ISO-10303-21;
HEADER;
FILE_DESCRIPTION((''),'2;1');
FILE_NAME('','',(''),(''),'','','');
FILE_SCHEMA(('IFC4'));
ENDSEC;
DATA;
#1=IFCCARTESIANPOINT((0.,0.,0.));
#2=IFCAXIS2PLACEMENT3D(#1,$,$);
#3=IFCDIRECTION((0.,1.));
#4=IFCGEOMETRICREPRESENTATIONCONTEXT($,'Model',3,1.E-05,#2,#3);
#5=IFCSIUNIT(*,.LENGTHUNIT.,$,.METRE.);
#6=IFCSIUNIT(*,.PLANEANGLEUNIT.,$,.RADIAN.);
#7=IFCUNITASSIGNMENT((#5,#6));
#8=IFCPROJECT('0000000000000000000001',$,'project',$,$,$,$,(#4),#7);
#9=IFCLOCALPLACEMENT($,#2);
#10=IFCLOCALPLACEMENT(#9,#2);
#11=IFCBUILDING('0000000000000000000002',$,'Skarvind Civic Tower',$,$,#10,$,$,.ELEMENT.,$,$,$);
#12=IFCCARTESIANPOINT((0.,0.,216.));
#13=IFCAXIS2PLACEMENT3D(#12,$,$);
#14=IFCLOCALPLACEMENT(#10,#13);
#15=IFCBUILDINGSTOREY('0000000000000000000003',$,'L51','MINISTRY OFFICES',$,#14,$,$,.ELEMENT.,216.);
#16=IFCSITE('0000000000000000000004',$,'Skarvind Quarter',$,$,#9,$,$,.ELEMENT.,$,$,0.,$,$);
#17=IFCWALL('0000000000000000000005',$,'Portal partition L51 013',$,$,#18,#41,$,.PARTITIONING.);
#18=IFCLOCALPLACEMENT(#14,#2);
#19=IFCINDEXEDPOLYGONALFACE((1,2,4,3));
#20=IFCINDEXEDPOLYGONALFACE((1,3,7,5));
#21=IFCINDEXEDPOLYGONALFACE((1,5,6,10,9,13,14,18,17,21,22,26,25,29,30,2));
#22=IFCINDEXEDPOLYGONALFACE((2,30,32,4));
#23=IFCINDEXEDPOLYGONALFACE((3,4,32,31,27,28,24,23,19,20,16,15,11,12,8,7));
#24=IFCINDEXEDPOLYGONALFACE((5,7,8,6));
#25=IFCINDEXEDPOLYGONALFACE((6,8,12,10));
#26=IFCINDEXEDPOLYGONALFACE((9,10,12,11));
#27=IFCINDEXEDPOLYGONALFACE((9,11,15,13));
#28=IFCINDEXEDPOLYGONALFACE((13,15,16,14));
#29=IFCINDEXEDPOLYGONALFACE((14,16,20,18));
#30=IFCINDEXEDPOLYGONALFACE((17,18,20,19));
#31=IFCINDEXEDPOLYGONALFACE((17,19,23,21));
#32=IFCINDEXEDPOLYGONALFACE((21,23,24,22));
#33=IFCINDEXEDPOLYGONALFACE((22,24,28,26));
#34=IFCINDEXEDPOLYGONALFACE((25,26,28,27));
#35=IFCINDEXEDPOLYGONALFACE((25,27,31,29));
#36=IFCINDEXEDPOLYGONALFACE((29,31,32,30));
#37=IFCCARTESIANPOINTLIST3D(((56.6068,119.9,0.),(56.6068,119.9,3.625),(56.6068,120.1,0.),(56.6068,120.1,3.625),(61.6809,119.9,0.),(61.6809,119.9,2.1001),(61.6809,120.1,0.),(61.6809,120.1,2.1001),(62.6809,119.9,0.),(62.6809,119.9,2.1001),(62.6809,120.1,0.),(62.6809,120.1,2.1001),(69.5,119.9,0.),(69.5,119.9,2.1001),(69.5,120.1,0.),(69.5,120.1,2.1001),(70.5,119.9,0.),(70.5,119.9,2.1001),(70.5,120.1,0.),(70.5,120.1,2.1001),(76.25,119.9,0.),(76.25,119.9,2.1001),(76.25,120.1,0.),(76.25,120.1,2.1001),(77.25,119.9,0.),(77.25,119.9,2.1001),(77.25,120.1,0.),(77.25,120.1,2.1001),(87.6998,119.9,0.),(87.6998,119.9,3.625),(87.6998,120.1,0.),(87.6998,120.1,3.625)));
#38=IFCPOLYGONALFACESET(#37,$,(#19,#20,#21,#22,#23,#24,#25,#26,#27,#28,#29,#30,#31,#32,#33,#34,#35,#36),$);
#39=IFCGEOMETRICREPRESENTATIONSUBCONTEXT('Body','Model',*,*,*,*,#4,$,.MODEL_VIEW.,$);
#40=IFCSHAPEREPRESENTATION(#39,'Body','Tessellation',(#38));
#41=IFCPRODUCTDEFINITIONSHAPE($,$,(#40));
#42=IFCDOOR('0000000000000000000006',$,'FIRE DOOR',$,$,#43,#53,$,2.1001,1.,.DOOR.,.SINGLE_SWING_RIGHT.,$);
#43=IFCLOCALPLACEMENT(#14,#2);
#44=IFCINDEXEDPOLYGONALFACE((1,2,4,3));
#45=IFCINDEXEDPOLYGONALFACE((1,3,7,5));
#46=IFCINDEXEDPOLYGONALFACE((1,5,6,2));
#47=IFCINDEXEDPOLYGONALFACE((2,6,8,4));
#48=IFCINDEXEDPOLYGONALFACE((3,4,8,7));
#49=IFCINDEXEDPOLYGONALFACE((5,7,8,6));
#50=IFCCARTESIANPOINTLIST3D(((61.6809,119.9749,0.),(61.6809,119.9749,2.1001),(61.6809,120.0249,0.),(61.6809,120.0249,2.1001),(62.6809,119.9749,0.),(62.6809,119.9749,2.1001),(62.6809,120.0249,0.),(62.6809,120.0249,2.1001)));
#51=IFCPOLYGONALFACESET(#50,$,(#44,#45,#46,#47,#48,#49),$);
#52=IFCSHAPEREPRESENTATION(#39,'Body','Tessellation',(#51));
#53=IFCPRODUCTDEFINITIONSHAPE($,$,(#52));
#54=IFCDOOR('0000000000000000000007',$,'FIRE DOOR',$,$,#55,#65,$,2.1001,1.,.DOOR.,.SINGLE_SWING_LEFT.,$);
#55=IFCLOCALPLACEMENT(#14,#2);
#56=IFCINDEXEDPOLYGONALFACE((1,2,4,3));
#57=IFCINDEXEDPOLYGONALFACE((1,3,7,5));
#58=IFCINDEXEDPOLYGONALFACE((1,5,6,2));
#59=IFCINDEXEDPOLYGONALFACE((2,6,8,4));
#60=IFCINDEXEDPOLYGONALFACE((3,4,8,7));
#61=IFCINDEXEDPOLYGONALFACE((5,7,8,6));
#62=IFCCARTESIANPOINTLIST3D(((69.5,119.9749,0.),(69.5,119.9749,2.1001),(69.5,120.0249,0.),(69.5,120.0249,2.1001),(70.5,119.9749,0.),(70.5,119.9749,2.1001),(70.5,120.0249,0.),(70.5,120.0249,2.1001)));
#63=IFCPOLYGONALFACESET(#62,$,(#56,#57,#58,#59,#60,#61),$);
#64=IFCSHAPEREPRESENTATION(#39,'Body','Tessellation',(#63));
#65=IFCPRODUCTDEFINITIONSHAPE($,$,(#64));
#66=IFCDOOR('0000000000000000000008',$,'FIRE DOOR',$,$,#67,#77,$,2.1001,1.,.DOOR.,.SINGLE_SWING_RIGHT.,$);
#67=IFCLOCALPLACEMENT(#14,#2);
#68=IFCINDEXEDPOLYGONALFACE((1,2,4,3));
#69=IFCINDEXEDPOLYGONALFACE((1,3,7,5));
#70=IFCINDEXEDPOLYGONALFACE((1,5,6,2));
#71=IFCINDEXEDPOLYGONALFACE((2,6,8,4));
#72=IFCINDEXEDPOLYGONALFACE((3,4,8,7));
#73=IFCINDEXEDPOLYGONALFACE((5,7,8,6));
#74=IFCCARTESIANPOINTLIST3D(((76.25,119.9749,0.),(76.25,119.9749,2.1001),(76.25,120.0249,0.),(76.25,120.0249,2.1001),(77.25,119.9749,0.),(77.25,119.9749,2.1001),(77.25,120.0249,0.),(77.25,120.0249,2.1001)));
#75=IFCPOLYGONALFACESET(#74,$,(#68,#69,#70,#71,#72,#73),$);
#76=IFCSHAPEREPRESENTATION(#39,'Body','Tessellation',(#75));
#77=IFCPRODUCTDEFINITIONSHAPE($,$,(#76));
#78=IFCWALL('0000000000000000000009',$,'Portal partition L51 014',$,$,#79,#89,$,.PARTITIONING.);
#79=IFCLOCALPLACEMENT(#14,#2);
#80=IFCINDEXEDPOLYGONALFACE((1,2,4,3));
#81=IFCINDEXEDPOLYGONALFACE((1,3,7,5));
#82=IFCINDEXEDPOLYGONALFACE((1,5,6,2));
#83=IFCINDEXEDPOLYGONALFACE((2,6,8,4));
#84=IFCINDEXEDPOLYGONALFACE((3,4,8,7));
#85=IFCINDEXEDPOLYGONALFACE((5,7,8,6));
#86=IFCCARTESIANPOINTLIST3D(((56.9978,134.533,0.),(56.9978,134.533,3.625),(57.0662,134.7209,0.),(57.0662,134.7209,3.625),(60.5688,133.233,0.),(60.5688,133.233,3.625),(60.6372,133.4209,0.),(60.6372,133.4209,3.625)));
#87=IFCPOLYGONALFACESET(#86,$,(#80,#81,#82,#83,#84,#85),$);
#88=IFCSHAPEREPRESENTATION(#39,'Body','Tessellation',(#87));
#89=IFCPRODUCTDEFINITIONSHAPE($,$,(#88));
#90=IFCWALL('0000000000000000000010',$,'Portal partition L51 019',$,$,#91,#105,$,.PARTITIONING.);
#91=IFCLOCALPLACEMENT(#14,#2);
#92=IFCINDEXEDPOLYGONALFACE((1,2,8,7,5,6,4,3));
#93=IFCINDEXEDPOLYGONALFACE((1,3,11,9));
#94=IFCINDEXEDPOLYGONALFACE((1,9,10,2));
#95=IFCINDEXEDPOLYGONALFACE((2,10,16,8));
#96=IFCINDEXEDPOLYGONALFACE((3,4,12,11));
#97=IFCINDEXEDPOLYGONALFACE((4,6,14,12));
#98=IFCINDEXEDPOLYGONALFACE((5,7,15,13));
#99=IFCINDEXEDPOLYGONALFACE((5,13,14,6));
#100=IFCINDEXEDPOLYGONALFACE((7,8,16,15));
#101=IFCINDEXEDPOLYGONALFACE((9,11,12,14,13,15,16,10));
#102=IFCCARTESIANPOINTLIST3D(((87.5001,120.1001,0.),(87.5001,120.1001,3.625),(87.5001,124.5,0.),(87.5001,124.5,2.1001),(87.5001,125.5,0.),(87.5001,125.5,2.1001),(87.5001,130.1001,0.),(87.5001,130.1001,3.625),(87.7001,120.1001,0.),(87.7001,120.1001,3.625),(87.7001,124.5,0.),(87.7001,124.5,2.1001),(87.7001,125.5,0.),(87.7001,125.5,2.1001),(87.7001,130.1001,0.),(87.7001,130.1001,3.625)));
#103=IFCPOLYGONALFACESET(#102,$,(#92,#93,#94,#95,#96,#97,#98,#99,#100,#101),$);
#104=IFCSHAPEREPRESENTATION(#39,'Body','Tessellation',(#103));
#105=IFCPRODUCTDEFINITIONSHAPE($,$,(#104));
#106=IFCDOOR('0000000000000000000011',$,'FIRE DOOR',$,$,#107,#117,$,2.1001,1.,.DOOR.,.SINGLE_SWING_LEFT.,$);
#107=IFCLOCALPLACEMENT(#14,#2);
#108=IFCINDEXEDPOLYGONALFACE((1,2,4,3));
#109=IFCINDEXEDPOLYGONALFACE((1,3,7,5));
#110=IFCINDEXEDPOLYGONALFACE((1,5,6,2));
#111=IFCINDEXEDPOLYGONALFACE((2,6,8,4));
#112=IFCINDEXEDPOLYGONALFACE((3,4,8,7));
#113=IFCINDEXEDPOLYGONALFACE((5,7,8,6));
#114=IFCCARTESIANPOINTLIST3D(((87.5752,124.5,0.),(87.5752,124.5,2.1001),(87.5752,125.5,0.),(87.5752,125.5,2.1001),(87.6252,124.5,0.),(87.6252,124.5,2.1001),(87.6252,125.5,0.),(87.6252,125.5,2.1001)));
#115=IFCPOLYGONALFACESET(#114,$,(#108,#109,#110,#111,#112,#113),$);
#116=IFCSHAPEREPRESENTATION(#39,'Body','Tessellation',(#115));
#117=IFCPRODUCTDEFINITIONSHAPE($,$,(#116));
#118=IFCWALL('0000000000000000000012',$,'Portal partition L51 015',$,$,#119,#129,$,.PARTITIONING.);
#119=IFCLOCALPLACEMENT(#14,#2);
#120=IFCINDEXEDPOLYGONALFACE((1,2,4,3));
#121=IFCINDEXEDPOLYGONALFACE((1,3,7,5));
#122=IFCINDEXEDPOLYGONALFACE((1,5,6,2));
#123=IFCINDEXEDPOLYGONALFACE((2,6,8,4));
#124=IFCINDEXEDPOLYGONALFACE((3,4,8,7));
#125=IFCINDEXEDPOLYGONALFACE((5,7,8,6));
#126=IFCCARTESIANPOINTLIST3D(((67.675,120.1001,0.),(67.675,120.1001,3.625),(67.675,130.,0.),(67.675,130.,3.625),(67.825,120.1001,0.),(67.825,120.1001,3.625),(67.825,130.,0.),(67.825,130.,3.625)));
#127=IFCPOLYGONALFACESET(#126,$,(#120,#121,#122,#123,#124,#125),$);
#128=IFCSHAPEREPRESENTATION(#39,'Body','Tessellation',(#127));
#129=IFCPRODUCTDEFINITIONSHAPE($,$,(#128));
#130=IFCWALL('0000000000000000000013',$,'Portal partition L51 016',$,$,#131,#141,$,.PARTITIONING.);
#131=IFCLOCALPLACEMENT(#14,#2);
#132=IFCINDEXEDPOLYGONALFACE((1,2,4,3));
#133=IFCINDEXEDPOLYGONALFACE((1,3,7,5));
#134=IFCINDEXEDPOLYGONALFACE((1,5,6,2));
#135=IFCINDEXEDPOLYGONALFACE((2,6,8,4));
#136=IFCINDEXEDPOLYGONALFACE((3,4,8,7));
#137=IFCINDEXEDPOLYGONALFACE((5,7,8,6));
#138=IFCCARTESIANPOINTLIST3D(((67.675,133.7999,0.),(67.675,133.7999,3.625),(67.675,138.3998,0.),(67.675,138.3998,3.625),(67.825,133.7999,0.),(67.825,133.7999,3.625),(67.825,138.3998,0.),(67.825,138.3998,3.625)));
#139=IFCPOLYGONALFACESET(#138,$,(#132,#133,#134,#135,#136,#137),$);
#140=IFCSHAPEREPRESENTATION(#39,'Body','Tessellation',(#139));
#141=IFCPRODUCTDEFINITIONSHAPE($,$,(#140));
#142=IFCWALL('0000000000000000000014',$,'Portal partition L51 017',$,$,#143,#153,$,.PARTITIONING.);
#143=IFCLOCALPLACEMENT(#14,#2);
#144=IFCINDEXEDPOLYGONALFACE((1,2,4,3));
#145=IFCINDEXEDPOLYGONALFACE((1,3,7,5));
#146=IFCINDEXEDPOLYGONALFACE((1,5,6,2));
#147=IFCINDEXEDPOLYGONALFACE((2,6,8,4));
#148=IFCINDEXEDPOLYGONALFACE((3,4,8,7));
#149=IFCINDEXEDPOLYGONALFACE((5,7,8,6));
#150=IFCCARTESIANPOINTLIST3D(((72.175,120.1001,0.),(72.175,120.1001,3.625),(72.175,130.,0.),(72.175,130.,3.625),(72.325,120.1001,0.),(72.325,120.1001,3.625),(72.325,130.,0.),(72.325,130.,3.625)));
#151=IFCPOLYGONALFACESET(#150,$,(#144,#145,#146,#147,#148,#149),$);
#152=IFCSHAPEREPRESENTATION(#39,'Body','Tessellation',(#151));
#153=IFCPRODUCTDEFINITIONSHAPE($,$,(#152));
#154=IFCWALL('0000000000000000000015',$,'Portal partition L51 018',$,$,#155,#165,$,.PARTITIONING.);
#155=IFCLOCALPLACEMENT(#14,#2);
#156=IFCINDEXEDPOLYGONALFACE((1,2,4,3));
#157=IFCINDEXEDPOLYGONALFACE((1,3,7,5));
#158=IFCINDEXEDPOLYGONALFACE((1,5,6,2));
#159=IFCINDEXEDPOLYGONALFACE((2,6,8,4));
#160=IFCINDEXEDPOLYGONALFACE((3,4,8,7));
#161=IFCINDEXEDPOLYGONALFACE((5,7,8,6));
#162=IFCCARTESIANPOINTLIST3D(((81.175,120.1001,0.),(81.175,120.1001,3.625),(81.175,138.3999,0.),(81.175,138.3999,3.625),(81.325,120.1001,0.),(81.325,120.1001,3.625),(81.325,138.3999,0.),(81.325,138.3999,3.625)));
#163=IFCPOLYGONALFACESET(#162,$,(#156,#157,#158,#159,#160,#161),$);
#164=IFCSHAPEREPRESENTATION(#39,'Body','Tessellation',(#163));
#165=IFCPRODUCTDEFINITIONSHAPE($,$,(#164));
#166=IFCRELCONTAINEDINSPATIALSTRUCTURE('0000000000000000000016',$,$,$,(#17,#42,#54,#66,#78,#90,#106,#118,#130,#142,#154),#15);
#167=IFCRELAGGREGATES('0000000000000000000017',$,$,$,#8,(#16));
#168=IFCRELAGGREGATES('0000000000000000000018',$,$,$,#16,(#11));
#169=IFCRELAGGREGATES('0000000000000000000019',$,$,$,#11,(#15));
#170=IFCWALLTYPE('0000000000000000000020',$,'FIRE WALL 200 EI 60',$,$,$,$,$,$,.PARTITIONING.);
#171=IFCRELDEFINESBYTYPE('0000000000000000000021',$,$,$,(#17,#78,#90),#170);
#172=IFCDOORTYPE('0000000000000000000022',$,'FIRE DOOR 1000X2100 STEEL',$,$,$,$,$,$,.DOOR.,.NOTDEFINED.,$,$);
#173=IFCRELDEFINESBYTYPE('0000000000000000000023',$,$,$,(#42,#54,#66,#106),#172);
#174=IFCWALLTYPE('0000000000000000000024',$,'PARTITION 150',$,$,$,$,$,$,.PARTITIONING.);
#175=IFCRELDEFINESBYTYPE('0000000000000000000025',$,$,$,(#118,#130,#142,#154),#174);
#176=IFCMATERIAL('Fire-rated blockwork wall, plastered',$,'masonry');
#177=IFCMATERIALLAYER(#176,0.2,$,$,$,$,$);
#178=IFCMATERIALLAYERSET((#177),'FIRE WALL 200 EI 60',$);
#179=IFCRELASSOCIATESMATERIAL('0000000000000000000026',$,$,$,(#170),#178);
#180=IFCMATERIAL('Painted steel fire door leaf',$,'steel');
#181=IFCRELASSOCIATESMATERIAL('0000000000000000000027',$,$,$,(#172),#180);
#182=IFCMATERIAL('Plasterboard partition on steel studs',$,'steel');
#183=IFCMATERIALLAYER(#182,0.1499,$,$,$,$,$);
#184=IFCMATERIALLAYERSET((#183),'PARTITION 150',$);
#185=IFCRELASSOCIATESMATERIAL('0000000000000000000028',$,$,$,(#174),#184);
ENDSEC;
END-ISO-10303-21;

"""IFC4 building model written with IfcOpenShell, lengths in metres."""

from ifc_helpers import new_model, si_unit, direction, frame, frame_2d, origin, place, context, subcontext, project, spatial, rectangle, extrude, material, layer, layer_set, type_object, element, fill, save


model = new_model("IFC4")

# Units and contexts
model_context = context("Model", 3, precision=1e-05, world=origin(), true_north=direction((0.0, 1.0)))
body_context = subcontext(model_context, "Body", "Model", "MODEL_VIEW")
ifc_project = project(units=[si_unit("LENGTHUNIT", "METRE"), si_unit("PLANEANGLEUNIT", "RADIAN")], contexts=[model_context])

# Site, building, storey
site_placement = place(None, origin())
site = spatial("IfcSite", under=ifc_project, at=site_placement, Name="Skarvind Quarter", CompositionType="ELEMENT", RefElevation=0.0)
building_placement = place(site_placement, origin())
building = spatial("IfcBuilding", under=site, at=building_placement, Name="Skarvind Civic Tower", CompositionType="ELEMENT")
storey_placement = place(building_placement, frame((0.0, 0.0, 216.0)))
storey = spatial("IfcBuildingStorey", under=building, at=storey_placement, Name="L51", Description="MINISTRY OFFICES", CompositionType="ELEMENT", Elevation=216.0)

# Wall, openings, doors
ifc_material_1 = material(Name="Fire-rated blockwork wall, plastered", Category="masonry")
ifc_layer_1 = layer(ifc_material_1, 0.2)
ifc_layer_set_1 = layer_set([ifc_layer_1], Name="FIRE WALL 200 EI 60")
wall_type_1 = type_object("IfcWallType", Name="FIRE WALL 200 EI 60", PredefinedType="PARTITIONING", material=ifc_layer_set_1)
wall_1_placement = place(storey_placement, frame((56.6069, 120.0, 0.0), z_axis=(0.0, 0.0, 1.0), x_axis=(1.0, 0.0, 0.0)))
wall_1 = element("IfcWall", 1, at=wall_1_placement, inside=storey, type_object=wall_type_1, Name="Portal partition L51 013", PredefinedType="PARTITIONING", context=body_context, shape_type="SweptSolid", body=[
    extrude(rectangle(XDim=31.093, YDim=0.2, at=frame_2d((15.5464, 0.0))), origin(), (0.0, 0.0, 1.0), 3.625),
])
opening_1_placement = place(wall_1_placement, frame((5.074, 0.0, 0.0)))
opening_1 = element("IfcOpeningElement", 2, at=opening_1_placement, cuts=wall_1, PredefinedType="OPENING", context=body_context, shape_type="SweptSolid", body=[
    extrude(rectangle(XDim=1.0, YDim=2.1001, at=frame_2d((0.5, 1.05))), frame((0.0, 0.1099, 0.0), z_axis=(0.0, -1.0, 0.0), x_axis=(1.0, 0.0, 0.0)), (0.0, 0.0, 1.0), 0.22),
])
opening_2_placement = place(wall_1_placement, frame((12.8931, 0.0, 0.0)))
opening_2 = element("IfcOpeningElement", 3, at=opening_2_placement, cuts=wall_1, PredefinedType="OPENING", context=body_context, shape_type="SweptSolid", body=[
    extrude(rectangle(XDim=1.0, YDim=2.1001, at=frame_2d((0.5, 1.05))), frame((0.0, 0.1099, 0.0), z_axis=(0.0, -1.0, 0.0), x_axis=(1.0, 0.0, 0.0)), (0.0, 0.0, 1.0), 0.22),
])
opening_3_placement = place(wall_1_placement, frame((19.6431, 0.0, 0.0)))
opening_3 = element("IfcOpeningElement", 4, at=opening_3_placement, cuts=wall_1, PredefinedType="OPENING", context=body_context, shape_type="SweptSolid", body=[
    extrude(rectangle(XDim=1.0, YDim=2.1001, at=frame_2d((0.5, 1.05))), frame((0.0, 0.1099, 0.0), z_axis=(0.0, -1.0, 0.0), x_axis=(1.0, 0.0, 0.0)), (0.0, 0.0, 1.0), 0.22),
])
ifc_material_2 = material(Name="Painted steel fire door leaf", Category="steel")
door_type_1 = type_object("IfcDoorType", Name="FIRE DOOR 1000X2100 STEEL", OperationType="NOTDEFINED", PredefinedType="DOOR", material=ifc_material_2)
door_1_placement = place(opening_1_placement, origin())
door_1 = element("IfcDoor", 5, at=door_1_placement, inside=storey, type_object=door_type_1, Name="FIRE DOOR", OperationType="SINGLE_SWING_RIGHT", OverallHeight=2.1001, OverallWidth=1.0, PredefinedType="DOOR", context=body_context, shape_type="SweptSolid", body=[
    extrude(rectangle(XDim=1.0, YDim=2.1001, at=frame_2d((0.5, 1.05))), frame((0.0, 0.0249, 0.0), z_axis=(0.0, -1.0, 0.0), x_axis=(1.0, 0.0, 0.0)), (0.0, 0.0, 1.0), 0.05),
])
fill(opening_1, door_1)
door_2_placement = place(opening_2_placement, origin())
door_2 = element("IfcDoor", 6, at=door_2_placement, inside=storey, type_object=door_type_1, Name="FIRE DOOR", OperationType="SINGLE_SWING_LEFT", OverallHeight=2.1001, OverallWidth=1.0, PredefinedType="DOOR", context=body_context, shape_type="SweptSolid", body=[
    extrude(rectangle(XDim=1.0, YDim=2.1001, at=frame_2d((0.5, 1.05))), frame((0.0, 0.0249, 0.0), z_axis=(0.0, -1.0, 0.0), x_axis=(1.0, 0.0, 0.0)), (0.0, 0.0, 1.0), 0.05),
])
fill(opening_2, door_2)
door_3_placement = place(opening_3_placement, origin())
door_3 = element("IfcDoor", 7, at=door_3_placement, inside=storey, type_object=door_type_1, Name="FIRE DOOR", OperationType="SINGLE_SWING_RIGHT", OverallHeight=2.1001, OverallWidth=1.0, PredefinedType="DOOR", context=body_context, shape_type="SweptSolid", body=[
    extrude(rectangle(XDim=1.0, YDim=2.1001, at=frame_2d((0.5, 1.05))), frame((0.0, 0.0249, 0.0), z_axis=(0.0, -1.0, 0.0), x_axis=(1.0, 0.0, 0.0)), (0.0, 0.0, 1.0), 0.05),
])
fill(opening_3, door_3)

# Wall
wall_2_placement = place(storey_placement, frame((57.032, 134.627, 0.0), z_axis=(0.0, 0.0, 1.0), x_axis=(0.939668, -0.342089, 0.0)))
element("IfcWall", 8, at=wall_2_placement, inside=storey, type_object=wall_type_1, Name="Portal partition L51 014", PredefinedType="PARTITIONING", context=body_context, shape_type="SweptSolid", body=[
    extrude(rectangle(XDim=3.8003, YDim=0.2, at=frame_2d((1.9001, 0.0))), origin(), (0.0, 0.0, 1.0), 3.625),
])

# Wall, opening, door
wall_3_placement = place(storey_placement, frame((87.6001, 120.1001, 0.0), z_axis=(0.0, 0.0, 1.0), x_axis=(0.0, 1.0, 0.0)))
wall_3 = element("IfcWall", 9, at=wall_3_placement, inside=storey, type_object=wall_type_1, Name="Portal partition L51 019", PredefinedType="PARTITIONING", context=body_context, shape_type="SweptSolid", body=[
    extrude(rectangle(XDim=10.0, YDim=0.2, at=frame_2d((5.0, 0.0))), origin(), (0.0, 0.0, 1.0), 3.625),
])
opening_4_placement = place(wall_3_placement, frame((4.3999, 0.0, 0.0)))
opening_4 = element("IfcOpeningElement", 10, at=opening_4_placement, cuts=wall_3, PredefinedType="OPENING", context=body_context, shape_type="SweptSolid", body=[
    extrude(rectangle(XDim=1.0, YDim=2.1001, at=frame_2d((0.5, 1.05))), frame((0.0, 0.1099, 0.0), z_axis=(0.0, -1.0, 0.0), x_axis=(1.0, 0.0, 0.0)), (0.0, 0.0, 1.0), 0.22),
])
door_4_placement = place(opening_4_placement, origin())
door_4 = element("IfcDoor", 11, at=door_4_placement, inside=storey, type_object=door_type_1, Name="FIRE DOOR", OperationType="SINGLE_SWING_LEFT", OverallHeight=2.1001, OverallWidth=1.0, PredefinedType="DOOR", context=body_context, shape_type="SweptSolid", body=[
    extrude(rectangle(XDim=1.0, YDim=2.1001, at=frame_2d((0.5, 1.05))), frame((0.0, 0.0249, 0.0), z_axis=(0.0, -1.0, 0.0), x_axis=(1.0, 0.0, 0.0)), (0.0, 0.0, 1.0), 0.05),
])
fill(opening_4, door_4)

# Walls
ifc_material_3 = material(Name="Plasterboard partition on steel studs", Category="steel")
ifc_layer_2 = layer(ifc_material_3, 0.1499)
ifc_layer_set_2 = layer_set([ifc_layer_2], Name="PARTITION 150")
wall_type_2 = type_object("IfcWallType", Name="PARTITION 150", PredefinedType="PARTITIONING", material=ifc_layer_set_2)
wall_4_placement = place(storey_placement, frame((67.75, 120.1001, 0.0), z_axis=(0.0, 0.0, 1.0), x_axis=(0.0, 1.0, 0.0)))
element("IfcWall", 12, at=wall_4_placement, inside=storey, type_object=wall_type_2, Name="Portal partition L51 015", PredefinedType="PARTITIONING", context=body_context, shape_type="SweptSolid", body=[
    extrude(rectangle(XDim=9.8999, YDim=0.1499, at=frame_2d((4.95, 0.0))), origin(), (0.0, 0.0, 1.0), 3.625),
])
wall_5_placement = place(storey_placement, frame((67.75, 133.8, 0.0), z_axis=(0.0, 0.0, 1.0), x_axis=(0.0, 1.0, 0.0)))
element("IfcWall", 13, at=wall_5_placement, inside=storey, type_object=wall_type_2, Name="Portal partition L51 016", PredefinedType="PARTITIONING", context=body_context, shape_type="SweptSolid", body=[
    extrude(rectangle(XDim=4.5999, YDim=0.1499, at=frame_2d((2.2998, 0.0))), origin(), (0.0, 0.0, 1.0), 3.625),
])
wall_6_placement = place(storey_placement, frame((72.25, 120.1001, 0.0), z_axis=(0.0, 0.0, 1.0), x_axis=(0.0, 1.0, 0.0)))
element("IfcWall", 14, at=wall_6_placement, inside=storey, type_object=wall_type_2, Name="Portal partition L51 017", PredefinedType="PARTITIONING", context=body_context, shape_type="SweptSolid", body=[
    extrude(rectangle(XDim=9.8999, YDim=0.1499, at=frame_2d((4.95, 0.0))), origin(), (0.0, 0.0, 1.0), 3.625),
])
wall_7_placement = place(storey_placement, frame((81.25, 120.1001, 0.0), z_axis=(0.0, 0.0, 1.0), x_axis=(0.0, 1.0, 0.0)))
element("IfcWall", 15, at=wall_7_placement, inside=storey, type_object=wall_type_2, Name="Portal partition L51 018", PredefinedType="PARTITIONING", context=body_context, shape_type="SweptSolid", body=[
    extrude(rectangle(XDim=18.2998, YDim=0.1499, at=frame_2d((9.1499, 0.0))), origin(), (0.0, 0.0, 1.0), 3.625),
])

save(model, "model.ifc")
